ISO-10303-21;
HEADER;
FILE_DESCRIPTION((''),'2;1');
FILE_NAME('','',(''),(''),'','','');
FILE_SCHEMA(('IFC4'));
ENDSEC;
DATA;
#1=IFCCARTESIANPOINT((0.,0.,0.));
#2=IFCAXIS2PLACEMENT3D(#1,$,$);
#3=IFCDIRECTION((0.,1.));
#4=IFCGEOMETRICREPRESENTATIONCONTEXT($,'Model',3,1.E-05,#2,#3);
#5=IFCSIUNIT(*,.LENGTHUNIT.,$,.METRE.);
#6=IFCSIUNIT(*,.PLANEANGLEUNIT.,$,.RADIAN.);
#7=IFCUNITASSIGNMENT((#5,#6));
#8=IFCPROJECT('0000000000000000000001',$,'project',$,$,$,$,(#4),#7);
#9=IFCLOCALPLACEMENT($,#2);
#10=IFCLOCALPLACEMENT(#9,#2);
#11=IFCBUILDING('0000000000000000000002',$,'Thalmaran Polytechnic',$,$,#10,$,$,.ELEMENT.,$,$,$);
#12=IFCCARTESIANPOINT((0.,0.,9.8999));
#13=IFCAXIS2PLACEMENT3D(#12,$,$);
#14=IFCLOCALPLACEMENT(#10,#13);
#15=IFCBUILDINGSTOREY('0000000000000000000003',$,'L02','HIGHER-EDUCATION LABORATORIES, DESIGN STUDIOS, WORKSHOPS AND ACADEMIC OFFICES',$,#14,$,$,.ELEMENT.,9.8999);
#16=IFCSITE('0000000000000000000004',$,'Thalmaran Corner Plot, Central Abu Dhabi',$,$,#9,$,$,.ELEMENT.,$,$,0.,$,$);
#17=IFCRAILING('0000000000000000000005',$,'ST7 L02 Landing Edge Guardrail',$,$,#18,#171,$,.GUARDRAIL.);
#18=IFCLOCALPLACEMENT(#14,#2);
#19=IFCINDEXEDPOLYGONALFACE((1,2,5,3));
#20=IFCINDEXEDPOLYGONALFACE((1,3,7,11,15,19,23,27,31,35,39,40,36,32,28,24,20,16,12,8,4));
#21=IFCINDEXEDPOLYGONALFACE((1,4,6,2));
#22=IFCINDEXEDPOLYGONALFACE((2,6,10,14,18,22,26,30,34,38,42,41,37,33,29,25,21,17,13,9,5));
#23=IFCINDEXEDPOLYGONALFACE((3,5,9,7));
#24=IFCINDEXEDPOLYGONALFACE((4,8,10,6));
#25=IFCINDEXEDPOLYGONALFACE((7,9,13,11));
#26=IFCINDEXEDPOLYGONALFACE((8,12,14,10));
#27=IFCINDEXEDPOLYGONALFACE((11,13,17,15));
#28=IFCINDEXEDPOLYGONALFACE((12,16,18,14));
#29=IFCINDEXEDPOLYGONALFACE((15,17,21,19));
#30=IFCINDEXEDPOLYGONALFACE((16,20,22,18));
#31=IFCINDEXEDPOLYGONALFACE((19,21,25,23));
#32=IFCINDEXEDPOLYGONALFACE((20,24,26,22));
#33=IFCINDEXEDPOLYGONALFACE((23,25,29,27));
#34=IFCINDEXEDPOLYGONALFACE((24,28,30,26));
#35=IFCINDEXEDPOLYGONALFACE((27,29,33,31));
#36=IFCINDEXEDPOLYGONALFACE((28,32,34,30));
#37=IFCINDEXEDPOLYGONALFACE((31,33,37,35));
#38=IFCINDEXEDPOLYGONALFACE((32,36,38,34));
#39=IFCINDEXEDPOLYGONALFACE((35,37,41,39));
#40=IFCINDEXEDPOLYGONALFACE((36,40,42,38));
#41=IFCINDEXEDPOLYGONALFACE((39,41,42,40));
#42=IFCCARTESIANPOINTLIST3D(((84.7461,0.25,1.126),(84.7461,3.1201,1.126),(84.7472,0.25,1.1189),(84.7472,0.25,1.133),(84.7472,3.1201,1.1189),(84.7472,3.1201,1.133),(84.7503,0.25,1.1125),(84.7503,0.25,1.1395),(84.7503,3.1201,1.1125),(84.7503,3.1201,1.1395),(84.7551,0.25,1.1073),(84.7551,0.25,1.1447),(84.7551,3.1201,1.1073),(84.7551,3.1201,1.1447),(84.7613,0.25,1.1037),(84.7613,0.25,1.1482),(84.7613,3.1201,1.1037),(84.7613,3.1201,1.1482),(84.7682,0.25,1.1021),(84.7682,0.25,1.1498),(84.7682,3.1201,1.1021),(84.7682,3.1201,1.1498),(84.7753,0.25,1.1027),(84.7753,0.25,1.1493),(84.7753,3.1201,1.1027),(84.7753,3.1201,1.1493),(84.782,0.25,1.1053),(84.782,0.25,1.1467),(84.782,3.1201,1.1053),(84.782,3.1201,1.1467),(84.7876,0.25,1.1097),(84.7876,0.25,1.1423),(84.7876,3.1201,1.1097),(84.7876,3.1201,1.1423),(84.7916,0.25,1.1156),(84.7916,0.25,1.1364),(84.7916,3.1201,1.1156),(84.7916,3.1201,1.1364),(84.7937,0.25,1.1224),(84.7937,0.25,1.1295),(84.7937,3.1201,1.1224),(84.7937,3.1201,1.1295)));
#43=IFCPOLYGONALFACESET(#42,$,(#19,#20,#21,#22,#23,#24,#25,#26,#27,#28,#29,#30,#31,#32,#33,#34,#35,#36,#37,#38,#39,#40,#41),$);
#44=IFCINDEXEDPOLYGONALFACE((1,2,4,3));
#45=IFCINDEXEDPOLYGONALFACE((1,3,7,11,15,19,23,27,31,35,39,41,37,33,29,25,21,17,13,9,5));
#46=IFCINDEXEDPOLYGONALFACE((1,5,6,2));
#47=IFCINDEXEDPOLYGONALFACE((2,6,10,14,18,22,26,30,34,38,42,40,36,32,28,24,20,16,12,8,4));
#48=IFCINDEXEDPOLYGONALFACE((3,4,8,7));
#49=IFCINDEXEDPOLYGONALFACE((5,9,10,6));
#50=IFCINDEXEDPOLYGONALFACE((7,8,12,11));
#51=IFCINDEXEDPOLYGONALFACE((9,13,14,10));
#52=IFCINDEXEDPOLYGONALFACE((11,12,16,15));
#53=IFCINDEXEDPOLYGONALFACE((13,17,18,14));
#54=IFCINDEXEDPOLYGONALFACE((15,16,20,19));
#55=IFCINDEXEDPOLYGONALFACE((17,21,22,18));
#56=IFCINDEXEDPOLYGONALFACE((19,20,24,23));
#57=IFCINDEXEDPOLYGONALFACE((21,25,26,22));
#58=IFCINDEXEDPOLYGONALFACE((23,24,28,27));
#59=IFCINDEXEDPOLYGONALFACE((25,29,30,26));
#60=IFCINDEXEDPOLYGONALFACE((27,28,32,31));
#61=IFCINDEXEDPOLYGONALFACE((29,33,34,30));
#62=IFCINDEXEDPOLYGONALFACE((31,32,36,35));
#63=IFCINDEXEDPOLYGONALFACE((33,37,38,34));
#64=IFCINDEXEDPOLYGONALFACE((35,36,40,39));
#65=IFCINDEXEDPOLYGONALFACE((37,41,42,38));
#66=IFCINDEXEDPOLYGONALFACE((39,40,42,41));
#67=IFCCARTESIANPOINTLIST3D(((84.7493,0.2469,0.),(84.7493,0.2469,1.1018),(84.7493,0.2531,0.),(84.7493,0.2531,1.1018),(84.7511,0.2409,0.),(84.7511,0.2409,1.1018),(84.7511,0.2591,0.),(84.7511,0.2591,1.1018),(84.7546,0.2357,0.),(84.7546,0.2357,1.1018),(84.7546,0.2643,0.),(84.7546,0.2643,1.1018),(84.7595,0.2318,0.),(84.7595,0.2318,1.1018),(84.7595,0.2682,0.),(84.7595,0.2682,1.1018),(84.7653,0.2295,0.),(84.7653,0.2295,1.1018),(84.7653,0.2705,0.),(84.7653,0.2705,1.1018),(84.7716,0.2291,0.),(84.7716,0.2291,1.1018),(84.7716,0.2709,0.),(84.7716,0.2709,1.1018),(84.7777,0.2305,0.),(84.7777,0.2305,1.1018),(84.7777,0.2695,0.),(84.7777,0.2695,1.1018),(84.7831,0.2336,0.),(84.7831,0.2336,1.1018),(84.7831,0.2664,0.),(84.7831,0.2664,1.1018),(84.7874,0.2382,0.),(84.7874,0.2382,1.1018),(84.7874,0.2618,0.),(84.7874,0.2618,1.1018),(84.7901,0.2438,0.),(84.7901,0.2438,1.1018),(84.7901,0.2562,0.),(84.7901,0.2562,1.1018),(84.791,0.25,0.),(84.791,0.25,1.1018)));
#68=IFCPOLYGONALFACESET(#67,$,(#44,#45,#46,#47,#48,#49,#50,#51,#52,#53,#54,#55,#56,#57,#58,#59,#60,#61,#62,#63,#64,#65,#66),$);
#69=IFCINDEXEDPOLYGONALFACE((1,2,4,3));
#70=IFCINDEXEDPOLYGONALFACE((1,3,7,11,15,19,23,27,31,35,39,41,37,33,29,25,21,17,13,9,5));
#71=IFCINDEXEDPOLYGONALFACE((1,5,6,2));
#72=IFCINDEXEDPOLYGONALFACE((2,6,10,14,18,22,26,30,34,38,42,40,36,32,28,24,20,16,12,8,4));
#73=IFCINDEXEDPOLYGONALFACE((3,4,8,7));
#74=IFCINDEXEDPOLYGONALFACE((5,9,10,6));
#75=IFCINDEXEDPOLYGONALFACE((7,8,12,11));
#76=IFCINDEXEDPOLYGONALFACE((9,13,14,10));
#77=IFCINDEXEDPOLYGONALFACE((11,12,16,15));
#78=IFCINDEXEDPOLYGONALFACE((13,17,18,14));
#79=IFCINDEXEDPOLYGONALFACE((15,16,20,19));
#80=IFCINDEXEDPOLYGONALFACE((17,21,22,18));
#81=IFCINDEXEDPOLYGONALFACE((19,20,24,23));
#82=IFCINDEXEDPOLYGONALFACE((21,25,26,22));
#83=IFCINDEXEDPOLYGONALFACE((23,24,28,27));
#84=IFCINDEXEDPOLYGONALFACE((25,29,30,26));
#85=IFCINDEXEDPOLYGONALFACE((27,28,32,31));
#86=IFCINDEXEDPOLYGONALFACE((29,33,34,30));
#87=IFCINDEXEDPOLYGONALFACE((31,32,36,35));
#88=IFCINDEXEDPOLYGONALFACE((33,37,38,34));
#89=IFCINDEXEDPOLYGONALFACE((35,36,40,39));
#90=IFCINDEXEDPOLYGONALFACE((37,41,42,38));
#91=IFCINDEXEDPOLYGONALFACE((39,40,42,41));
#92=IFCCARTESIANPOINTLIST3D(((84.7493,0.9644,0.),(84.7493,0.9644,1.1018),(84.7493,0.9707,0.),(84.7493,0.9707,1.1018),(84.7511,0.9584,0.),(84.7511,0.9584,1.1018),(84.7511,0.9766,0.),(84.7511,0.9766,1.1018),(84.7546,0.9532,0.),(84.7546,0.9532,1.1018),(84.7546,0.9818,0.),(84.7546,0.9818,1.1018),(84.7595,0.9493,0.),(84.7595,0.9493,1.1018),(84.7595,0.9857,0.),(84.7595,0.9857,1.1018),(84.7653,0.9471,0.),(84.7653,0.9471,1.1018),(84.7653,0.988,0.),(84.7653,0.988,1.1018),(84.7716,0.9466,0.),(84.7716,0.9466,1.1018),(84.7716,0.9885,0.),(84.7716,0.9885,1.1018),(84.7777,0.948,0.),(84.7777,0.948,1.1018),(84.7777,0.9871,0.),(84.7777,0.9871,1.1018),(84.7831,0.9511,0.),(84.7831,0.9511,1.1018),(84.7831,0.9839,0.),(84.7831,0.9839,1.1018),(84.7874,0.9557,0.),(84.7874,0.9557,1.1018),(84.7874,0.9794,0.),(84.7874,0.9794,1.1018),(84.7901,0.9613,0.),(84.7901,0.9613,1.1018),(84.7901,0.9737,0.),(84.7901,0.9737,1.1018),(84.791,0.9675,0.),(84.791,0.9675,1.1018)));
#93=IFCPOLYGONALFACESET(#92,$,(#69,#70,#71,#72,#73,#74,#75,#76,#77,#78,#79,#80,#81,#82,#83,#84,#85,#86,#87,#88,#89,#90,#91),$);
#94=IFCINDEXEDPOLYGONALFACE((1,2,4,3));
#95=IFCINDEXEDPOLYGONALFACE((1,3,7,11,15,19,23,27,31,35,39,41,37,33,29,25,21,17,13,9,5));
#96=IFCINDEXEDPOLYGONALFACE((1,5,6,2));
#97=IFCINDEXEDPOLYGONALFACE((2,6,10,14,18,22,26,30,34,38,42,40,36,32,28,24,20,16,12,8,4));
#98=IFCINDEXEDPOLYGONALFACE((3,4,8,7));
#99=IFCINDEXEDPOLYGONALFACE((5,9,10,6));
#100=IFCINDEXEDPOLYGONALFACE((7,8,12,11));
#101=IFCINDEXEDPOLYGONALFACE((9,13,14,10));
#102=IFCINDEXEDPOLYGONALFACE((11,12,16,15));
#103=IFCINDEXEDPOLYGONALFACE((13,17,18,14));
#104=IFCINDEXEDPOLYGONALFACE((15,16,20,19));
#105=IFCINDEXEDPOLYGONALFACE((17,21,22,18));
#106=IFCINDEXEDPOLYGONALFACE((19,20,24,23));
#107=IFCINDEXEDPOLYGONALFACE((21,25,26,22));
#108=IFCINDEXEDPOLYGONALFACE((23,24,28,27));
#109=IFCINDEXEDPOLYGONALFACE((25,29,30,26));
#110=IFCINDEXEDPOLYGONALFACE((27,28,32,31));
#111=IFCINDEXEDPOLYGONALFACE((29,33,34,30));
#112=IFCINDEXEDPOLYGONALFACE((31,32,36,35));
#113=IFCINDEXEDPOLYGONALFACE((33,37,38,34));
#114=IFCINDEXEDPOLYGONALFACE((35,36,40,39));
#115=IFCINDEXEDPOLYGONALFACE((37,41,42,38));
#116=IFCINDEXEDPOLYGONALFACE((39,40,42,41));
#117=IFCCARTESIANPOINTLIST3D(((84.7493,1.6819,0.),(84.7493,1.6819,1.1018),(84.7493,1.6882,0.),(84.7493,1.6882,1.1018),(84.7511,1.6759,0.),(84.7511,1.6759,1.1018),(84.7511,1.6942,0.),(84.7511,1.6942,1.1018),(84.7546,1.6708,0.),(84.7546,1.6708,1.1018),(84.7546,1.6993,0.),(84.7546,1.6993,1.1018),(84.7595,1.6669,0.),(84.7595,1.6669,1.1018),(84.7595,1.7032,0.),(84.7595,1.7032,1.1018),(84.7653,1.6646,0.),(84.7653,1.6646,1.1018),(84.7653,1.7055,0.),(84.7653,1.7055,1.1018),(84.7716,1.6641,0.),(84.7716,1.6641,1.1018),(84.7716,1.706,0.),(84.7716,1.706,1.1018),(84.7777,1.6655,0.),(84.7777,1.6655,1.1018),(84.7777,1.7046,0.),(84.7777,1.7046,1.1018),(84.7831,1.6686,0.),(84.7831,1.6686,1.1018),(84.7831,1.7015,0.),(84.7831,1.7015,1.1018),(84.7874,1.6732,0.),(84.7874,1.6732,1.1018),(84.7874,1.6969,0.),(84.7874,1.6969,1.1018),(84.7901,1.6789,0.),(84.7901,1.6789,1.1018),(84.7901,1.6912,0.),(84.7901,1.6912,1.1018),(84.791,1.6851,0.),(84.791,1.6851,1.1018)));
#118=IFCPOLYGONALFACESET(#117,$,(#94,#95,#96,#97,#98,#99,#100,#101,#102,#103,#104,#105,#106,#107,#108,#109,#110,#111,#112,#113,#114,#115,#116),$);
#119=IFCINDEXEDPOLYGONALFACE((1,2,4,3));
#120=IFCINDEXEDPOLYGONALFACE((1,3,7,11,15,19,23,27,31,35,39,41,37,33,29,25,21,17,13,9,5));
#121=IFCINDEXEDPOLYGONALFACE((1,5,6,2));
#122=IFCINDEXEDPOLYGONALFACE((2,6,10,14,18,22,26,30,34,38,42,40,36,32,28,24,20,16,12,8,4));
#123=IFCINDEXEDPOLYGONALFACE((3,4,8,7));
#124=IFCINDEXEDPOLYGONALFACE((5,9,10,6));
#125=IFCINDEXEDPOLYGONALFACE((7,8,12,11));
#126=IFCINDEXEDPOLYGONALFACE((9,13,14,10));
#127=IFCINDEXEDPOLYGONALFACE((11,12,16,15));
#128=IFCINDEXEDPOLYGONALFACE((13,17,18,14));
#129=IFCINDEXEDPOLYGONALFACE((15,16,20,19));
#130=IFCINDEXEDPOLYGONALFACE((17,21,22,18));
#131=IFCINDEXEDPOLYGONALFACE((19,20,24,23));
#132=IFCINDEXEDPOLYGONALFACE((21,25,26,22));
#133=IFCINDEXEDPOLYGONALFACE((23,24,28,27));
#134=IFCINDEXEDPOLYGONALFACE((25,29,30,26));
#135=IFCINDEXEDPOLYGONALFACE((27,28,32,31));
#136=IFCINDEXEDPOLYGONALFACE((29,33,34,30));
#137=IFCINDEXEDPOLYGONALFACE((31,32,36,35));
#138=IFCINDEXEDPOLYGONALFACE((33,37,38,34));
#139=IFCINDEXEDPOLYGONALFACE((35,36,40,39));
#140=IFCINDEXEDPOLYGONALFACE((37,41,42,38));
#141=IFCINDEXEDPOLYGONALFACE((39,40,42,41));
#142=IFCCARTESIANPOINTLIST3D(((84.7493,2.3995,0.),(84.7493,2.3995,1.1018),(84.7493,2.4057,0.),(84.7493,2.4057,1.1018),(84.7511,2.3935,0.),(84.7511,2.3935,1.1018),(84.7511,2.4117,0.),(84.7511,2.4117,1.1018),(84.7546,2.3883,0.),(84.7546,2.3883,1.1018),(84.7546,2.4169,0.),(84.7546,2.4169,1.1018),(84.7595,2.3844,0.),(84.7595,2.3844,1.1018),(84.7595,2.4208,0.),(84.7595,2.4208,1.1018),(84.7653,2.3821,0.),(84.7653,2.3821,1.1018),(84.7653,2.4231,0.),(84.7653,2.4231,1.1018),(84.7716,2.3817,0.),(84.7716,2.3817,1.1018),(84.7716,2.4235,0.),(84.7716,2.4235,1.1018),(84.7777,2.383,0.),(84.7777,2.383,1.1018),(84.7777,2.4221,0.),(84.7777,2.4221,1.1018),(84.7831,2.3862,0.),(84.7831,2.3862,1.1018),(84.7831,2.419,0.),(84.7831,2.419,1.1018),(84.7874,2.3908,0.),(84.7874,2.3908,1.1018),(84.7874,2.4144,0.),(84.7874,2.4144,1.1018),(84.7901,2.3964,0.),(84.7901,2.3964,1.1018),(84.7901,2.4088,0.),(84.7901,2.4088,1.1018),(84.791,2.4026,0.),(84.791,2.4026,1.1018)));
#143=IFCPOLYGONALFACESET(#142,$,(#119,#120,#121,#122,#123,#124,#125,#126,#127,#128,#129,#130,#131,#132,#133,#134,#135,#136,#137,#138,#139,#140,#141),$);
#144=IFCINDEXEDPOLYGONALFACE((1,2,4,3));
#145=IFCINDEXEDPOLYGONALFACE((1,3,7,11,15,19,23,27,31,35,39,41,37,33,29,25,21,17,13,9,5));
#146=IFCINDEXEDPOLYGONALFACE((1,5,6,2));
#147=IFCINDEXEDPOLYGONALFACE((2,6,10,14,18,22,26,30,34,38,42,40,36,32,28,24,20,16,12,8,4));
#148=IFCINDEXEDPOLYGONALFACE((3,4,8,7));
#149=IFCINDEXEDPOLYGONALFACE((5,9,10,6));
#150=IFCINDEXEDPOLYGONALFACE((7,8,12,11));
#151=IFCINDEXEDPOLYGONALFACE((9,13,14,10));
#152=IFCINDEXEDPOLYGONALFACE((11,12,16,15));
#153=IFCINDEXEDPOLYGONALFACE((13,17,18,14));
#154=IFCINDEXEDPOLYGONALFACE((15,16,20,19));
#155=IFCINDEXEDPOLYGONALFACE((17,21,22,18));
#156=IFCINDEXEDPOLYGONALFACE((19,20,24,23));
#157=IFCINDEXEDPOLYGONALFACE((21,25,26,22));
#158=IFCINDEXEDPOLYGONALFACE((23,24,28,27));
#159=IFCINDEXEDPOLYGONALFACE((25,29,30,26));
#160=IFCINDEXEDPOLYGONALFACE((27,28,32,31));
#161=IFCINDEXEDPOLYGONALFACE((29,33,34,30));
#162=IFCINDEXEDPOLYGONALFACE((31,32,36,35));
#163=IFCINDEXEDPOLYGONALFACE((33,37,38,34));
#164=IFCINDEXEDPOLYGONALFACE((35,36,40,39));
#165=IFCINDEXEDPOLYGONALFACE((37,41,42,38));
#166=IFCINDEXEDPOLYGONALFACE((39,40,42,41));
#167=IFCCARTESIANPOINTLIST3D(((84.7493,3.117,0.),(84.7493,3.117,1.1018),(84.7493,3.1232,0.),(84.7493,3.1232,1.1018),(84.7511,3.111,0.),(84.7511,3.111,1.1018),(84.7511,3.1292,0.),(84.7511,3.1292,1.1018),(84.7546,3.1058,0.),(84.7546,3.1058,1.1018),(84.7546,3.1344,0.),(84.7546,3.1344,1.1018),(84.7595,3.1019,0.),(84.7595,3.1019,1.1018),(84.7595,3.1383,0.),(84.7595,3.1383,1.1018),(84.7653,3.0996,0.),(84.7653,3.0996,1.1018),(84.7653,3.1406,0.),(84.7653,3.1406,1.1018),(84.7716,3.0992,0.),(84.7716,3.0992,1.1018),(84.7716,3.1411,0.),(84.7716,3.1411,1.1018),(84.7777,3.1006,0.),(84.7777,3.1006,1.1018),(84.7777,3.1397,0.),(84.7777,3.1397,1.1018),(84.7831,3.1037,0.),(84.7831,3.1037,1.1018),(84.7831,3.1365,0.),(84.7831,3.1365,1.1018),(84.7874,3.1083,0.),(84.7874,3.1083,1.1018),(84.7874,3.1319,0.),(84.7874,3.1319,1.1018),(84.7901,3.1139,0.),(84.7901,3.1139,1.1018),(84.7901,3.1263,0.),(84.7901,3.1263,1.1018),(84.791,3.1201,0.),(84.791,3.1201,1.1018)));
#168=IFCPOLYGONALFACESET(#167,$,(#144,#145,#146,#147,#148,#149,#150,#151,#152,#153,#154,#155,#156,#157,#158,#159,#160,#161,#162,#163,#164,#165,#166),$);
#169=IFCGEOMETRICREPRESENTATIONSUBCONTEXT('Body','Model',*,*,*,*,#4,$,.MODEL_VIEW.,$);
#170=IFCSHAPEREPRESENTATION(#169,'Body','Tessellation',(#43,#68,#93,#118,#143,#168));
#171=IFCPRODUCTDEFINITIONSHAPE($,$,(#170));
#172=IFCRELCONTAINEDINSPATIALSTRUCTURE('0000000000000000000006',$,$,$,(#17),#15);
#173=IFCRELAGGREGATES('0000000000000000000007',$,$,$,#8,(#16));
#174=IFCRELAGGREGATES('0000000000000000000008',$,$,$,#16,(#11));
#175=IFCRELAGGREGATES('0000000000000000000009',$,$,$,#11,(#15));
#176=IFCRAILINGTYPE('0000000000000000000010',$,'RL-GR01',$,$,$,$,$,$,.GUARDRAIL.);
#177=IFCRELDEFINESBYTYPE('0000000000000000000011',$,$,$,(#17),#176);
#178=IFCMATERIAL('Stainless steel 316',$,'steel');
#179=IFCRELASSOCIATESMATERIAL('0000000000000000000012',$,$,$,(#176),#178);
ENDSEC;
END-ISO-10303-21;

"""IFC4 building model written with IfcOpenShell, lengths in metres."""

from ifc_helpers import new_model, si_unit, direction, frame, origin, origin_2d, place, context, subcontext, project, spatial, circle, extrude, material, type_object, element, save


model = new_model("IFC4")

# Units and contexts
model_context = context("Model", 3, precision=1e-05, world=origin(), true_north=direction((0.0, 1.0)))
body_context = subcontext(model_context, "Body", "Model", "MODEL_VIEW")
ifc_project = project(units=[si_unit("LENGTHUNIT", "METRE"), si_unit("PLANEANGLEUNIT", "RADIAN")], contexts=[model_context])

# Site, building, storey
site_placement = place(None, origin())
site = spatial("IfcSite", under=ifc_project, at=site_placement, Name="Thalmaran Corner Plot, Central Abu Dhabi", CompositionType="ELEMENT", RefElevation=0.0)
building_placement = place(site_placement, origin())
building = spatial("IfcBuilding", under=site, at=building_placement, Name="Thalmaran Polytechnic", CompositionType="ELEMENT")
storey_placement = place(building_placement, frame((0.0, 0.0, 9.8999)))
storey = spatial("IfcBuildingStorey", under=building, at=storey_placement, Name="L02", Description="HIGHER-EDUCATION LABORATORIES, DESIGN STUDIOS, WORKSHOPS AND ACADEMIC OFFICES", CompositionType="ELEMENT", Elevation=9.8999)

# Railing
ifc_material_1 = material(Name="Stainless steel 316", Category="steel")
railing_type = type_object("IfcRailingType", Name="RL-GR01", PredefinedType="GUARDRAIL", material=ifc_material_1)
railing_placement = place(storey_placement, frame((84.77, 0.25, 0.0)))
element("IfcRailing", 1, at=railing_placement, inside=storey, type_object=railing_type, Name="ST7 L02 Landing Edge Guardrail", PredefinedType="GUARDRAIL", context=body_context, shape_type="SweptSolid", body=[
    extrude(circle(Radius=0.0239, at=origin_2d()), frame((0.0, 0.0, 1.126), z_axis=(0.0, 1.0, 0.0), x_axis=(-1.0, 0.0, 0.0)), (0.0, 0.0, 1.0), 2.8701),
    extrude(circle(Radius=0.021, at=origin_2d()), origin(), (0.0, 0.0, 1.0), 1.1018),
    extrude(circle(Radius=0.021, at=origin_2d()), frame((0.0, 0.7175, 0.0)), (0.0, 0.0, 1.0), 1.1018),
    extrude(circle(Radius=0.021, at=origin_2d()), frame((0.0, 1.4351, 0.0)), (0.0, 0.0, 1.0), 1.1018),
    extrude(circle(Radius=0.021, at=origin_2d()), frame((0.0, 2.1526, 0.0)), (0.0, 0.0, 1.0), 1.1018),
    extrude(circle(Radius=0.021, at=origin_2d()), frame((0.0, 2.8701, 0.0)), (0.0, 0.0, 1.0), 1.1018),
])

save(model, "model.ifc")
